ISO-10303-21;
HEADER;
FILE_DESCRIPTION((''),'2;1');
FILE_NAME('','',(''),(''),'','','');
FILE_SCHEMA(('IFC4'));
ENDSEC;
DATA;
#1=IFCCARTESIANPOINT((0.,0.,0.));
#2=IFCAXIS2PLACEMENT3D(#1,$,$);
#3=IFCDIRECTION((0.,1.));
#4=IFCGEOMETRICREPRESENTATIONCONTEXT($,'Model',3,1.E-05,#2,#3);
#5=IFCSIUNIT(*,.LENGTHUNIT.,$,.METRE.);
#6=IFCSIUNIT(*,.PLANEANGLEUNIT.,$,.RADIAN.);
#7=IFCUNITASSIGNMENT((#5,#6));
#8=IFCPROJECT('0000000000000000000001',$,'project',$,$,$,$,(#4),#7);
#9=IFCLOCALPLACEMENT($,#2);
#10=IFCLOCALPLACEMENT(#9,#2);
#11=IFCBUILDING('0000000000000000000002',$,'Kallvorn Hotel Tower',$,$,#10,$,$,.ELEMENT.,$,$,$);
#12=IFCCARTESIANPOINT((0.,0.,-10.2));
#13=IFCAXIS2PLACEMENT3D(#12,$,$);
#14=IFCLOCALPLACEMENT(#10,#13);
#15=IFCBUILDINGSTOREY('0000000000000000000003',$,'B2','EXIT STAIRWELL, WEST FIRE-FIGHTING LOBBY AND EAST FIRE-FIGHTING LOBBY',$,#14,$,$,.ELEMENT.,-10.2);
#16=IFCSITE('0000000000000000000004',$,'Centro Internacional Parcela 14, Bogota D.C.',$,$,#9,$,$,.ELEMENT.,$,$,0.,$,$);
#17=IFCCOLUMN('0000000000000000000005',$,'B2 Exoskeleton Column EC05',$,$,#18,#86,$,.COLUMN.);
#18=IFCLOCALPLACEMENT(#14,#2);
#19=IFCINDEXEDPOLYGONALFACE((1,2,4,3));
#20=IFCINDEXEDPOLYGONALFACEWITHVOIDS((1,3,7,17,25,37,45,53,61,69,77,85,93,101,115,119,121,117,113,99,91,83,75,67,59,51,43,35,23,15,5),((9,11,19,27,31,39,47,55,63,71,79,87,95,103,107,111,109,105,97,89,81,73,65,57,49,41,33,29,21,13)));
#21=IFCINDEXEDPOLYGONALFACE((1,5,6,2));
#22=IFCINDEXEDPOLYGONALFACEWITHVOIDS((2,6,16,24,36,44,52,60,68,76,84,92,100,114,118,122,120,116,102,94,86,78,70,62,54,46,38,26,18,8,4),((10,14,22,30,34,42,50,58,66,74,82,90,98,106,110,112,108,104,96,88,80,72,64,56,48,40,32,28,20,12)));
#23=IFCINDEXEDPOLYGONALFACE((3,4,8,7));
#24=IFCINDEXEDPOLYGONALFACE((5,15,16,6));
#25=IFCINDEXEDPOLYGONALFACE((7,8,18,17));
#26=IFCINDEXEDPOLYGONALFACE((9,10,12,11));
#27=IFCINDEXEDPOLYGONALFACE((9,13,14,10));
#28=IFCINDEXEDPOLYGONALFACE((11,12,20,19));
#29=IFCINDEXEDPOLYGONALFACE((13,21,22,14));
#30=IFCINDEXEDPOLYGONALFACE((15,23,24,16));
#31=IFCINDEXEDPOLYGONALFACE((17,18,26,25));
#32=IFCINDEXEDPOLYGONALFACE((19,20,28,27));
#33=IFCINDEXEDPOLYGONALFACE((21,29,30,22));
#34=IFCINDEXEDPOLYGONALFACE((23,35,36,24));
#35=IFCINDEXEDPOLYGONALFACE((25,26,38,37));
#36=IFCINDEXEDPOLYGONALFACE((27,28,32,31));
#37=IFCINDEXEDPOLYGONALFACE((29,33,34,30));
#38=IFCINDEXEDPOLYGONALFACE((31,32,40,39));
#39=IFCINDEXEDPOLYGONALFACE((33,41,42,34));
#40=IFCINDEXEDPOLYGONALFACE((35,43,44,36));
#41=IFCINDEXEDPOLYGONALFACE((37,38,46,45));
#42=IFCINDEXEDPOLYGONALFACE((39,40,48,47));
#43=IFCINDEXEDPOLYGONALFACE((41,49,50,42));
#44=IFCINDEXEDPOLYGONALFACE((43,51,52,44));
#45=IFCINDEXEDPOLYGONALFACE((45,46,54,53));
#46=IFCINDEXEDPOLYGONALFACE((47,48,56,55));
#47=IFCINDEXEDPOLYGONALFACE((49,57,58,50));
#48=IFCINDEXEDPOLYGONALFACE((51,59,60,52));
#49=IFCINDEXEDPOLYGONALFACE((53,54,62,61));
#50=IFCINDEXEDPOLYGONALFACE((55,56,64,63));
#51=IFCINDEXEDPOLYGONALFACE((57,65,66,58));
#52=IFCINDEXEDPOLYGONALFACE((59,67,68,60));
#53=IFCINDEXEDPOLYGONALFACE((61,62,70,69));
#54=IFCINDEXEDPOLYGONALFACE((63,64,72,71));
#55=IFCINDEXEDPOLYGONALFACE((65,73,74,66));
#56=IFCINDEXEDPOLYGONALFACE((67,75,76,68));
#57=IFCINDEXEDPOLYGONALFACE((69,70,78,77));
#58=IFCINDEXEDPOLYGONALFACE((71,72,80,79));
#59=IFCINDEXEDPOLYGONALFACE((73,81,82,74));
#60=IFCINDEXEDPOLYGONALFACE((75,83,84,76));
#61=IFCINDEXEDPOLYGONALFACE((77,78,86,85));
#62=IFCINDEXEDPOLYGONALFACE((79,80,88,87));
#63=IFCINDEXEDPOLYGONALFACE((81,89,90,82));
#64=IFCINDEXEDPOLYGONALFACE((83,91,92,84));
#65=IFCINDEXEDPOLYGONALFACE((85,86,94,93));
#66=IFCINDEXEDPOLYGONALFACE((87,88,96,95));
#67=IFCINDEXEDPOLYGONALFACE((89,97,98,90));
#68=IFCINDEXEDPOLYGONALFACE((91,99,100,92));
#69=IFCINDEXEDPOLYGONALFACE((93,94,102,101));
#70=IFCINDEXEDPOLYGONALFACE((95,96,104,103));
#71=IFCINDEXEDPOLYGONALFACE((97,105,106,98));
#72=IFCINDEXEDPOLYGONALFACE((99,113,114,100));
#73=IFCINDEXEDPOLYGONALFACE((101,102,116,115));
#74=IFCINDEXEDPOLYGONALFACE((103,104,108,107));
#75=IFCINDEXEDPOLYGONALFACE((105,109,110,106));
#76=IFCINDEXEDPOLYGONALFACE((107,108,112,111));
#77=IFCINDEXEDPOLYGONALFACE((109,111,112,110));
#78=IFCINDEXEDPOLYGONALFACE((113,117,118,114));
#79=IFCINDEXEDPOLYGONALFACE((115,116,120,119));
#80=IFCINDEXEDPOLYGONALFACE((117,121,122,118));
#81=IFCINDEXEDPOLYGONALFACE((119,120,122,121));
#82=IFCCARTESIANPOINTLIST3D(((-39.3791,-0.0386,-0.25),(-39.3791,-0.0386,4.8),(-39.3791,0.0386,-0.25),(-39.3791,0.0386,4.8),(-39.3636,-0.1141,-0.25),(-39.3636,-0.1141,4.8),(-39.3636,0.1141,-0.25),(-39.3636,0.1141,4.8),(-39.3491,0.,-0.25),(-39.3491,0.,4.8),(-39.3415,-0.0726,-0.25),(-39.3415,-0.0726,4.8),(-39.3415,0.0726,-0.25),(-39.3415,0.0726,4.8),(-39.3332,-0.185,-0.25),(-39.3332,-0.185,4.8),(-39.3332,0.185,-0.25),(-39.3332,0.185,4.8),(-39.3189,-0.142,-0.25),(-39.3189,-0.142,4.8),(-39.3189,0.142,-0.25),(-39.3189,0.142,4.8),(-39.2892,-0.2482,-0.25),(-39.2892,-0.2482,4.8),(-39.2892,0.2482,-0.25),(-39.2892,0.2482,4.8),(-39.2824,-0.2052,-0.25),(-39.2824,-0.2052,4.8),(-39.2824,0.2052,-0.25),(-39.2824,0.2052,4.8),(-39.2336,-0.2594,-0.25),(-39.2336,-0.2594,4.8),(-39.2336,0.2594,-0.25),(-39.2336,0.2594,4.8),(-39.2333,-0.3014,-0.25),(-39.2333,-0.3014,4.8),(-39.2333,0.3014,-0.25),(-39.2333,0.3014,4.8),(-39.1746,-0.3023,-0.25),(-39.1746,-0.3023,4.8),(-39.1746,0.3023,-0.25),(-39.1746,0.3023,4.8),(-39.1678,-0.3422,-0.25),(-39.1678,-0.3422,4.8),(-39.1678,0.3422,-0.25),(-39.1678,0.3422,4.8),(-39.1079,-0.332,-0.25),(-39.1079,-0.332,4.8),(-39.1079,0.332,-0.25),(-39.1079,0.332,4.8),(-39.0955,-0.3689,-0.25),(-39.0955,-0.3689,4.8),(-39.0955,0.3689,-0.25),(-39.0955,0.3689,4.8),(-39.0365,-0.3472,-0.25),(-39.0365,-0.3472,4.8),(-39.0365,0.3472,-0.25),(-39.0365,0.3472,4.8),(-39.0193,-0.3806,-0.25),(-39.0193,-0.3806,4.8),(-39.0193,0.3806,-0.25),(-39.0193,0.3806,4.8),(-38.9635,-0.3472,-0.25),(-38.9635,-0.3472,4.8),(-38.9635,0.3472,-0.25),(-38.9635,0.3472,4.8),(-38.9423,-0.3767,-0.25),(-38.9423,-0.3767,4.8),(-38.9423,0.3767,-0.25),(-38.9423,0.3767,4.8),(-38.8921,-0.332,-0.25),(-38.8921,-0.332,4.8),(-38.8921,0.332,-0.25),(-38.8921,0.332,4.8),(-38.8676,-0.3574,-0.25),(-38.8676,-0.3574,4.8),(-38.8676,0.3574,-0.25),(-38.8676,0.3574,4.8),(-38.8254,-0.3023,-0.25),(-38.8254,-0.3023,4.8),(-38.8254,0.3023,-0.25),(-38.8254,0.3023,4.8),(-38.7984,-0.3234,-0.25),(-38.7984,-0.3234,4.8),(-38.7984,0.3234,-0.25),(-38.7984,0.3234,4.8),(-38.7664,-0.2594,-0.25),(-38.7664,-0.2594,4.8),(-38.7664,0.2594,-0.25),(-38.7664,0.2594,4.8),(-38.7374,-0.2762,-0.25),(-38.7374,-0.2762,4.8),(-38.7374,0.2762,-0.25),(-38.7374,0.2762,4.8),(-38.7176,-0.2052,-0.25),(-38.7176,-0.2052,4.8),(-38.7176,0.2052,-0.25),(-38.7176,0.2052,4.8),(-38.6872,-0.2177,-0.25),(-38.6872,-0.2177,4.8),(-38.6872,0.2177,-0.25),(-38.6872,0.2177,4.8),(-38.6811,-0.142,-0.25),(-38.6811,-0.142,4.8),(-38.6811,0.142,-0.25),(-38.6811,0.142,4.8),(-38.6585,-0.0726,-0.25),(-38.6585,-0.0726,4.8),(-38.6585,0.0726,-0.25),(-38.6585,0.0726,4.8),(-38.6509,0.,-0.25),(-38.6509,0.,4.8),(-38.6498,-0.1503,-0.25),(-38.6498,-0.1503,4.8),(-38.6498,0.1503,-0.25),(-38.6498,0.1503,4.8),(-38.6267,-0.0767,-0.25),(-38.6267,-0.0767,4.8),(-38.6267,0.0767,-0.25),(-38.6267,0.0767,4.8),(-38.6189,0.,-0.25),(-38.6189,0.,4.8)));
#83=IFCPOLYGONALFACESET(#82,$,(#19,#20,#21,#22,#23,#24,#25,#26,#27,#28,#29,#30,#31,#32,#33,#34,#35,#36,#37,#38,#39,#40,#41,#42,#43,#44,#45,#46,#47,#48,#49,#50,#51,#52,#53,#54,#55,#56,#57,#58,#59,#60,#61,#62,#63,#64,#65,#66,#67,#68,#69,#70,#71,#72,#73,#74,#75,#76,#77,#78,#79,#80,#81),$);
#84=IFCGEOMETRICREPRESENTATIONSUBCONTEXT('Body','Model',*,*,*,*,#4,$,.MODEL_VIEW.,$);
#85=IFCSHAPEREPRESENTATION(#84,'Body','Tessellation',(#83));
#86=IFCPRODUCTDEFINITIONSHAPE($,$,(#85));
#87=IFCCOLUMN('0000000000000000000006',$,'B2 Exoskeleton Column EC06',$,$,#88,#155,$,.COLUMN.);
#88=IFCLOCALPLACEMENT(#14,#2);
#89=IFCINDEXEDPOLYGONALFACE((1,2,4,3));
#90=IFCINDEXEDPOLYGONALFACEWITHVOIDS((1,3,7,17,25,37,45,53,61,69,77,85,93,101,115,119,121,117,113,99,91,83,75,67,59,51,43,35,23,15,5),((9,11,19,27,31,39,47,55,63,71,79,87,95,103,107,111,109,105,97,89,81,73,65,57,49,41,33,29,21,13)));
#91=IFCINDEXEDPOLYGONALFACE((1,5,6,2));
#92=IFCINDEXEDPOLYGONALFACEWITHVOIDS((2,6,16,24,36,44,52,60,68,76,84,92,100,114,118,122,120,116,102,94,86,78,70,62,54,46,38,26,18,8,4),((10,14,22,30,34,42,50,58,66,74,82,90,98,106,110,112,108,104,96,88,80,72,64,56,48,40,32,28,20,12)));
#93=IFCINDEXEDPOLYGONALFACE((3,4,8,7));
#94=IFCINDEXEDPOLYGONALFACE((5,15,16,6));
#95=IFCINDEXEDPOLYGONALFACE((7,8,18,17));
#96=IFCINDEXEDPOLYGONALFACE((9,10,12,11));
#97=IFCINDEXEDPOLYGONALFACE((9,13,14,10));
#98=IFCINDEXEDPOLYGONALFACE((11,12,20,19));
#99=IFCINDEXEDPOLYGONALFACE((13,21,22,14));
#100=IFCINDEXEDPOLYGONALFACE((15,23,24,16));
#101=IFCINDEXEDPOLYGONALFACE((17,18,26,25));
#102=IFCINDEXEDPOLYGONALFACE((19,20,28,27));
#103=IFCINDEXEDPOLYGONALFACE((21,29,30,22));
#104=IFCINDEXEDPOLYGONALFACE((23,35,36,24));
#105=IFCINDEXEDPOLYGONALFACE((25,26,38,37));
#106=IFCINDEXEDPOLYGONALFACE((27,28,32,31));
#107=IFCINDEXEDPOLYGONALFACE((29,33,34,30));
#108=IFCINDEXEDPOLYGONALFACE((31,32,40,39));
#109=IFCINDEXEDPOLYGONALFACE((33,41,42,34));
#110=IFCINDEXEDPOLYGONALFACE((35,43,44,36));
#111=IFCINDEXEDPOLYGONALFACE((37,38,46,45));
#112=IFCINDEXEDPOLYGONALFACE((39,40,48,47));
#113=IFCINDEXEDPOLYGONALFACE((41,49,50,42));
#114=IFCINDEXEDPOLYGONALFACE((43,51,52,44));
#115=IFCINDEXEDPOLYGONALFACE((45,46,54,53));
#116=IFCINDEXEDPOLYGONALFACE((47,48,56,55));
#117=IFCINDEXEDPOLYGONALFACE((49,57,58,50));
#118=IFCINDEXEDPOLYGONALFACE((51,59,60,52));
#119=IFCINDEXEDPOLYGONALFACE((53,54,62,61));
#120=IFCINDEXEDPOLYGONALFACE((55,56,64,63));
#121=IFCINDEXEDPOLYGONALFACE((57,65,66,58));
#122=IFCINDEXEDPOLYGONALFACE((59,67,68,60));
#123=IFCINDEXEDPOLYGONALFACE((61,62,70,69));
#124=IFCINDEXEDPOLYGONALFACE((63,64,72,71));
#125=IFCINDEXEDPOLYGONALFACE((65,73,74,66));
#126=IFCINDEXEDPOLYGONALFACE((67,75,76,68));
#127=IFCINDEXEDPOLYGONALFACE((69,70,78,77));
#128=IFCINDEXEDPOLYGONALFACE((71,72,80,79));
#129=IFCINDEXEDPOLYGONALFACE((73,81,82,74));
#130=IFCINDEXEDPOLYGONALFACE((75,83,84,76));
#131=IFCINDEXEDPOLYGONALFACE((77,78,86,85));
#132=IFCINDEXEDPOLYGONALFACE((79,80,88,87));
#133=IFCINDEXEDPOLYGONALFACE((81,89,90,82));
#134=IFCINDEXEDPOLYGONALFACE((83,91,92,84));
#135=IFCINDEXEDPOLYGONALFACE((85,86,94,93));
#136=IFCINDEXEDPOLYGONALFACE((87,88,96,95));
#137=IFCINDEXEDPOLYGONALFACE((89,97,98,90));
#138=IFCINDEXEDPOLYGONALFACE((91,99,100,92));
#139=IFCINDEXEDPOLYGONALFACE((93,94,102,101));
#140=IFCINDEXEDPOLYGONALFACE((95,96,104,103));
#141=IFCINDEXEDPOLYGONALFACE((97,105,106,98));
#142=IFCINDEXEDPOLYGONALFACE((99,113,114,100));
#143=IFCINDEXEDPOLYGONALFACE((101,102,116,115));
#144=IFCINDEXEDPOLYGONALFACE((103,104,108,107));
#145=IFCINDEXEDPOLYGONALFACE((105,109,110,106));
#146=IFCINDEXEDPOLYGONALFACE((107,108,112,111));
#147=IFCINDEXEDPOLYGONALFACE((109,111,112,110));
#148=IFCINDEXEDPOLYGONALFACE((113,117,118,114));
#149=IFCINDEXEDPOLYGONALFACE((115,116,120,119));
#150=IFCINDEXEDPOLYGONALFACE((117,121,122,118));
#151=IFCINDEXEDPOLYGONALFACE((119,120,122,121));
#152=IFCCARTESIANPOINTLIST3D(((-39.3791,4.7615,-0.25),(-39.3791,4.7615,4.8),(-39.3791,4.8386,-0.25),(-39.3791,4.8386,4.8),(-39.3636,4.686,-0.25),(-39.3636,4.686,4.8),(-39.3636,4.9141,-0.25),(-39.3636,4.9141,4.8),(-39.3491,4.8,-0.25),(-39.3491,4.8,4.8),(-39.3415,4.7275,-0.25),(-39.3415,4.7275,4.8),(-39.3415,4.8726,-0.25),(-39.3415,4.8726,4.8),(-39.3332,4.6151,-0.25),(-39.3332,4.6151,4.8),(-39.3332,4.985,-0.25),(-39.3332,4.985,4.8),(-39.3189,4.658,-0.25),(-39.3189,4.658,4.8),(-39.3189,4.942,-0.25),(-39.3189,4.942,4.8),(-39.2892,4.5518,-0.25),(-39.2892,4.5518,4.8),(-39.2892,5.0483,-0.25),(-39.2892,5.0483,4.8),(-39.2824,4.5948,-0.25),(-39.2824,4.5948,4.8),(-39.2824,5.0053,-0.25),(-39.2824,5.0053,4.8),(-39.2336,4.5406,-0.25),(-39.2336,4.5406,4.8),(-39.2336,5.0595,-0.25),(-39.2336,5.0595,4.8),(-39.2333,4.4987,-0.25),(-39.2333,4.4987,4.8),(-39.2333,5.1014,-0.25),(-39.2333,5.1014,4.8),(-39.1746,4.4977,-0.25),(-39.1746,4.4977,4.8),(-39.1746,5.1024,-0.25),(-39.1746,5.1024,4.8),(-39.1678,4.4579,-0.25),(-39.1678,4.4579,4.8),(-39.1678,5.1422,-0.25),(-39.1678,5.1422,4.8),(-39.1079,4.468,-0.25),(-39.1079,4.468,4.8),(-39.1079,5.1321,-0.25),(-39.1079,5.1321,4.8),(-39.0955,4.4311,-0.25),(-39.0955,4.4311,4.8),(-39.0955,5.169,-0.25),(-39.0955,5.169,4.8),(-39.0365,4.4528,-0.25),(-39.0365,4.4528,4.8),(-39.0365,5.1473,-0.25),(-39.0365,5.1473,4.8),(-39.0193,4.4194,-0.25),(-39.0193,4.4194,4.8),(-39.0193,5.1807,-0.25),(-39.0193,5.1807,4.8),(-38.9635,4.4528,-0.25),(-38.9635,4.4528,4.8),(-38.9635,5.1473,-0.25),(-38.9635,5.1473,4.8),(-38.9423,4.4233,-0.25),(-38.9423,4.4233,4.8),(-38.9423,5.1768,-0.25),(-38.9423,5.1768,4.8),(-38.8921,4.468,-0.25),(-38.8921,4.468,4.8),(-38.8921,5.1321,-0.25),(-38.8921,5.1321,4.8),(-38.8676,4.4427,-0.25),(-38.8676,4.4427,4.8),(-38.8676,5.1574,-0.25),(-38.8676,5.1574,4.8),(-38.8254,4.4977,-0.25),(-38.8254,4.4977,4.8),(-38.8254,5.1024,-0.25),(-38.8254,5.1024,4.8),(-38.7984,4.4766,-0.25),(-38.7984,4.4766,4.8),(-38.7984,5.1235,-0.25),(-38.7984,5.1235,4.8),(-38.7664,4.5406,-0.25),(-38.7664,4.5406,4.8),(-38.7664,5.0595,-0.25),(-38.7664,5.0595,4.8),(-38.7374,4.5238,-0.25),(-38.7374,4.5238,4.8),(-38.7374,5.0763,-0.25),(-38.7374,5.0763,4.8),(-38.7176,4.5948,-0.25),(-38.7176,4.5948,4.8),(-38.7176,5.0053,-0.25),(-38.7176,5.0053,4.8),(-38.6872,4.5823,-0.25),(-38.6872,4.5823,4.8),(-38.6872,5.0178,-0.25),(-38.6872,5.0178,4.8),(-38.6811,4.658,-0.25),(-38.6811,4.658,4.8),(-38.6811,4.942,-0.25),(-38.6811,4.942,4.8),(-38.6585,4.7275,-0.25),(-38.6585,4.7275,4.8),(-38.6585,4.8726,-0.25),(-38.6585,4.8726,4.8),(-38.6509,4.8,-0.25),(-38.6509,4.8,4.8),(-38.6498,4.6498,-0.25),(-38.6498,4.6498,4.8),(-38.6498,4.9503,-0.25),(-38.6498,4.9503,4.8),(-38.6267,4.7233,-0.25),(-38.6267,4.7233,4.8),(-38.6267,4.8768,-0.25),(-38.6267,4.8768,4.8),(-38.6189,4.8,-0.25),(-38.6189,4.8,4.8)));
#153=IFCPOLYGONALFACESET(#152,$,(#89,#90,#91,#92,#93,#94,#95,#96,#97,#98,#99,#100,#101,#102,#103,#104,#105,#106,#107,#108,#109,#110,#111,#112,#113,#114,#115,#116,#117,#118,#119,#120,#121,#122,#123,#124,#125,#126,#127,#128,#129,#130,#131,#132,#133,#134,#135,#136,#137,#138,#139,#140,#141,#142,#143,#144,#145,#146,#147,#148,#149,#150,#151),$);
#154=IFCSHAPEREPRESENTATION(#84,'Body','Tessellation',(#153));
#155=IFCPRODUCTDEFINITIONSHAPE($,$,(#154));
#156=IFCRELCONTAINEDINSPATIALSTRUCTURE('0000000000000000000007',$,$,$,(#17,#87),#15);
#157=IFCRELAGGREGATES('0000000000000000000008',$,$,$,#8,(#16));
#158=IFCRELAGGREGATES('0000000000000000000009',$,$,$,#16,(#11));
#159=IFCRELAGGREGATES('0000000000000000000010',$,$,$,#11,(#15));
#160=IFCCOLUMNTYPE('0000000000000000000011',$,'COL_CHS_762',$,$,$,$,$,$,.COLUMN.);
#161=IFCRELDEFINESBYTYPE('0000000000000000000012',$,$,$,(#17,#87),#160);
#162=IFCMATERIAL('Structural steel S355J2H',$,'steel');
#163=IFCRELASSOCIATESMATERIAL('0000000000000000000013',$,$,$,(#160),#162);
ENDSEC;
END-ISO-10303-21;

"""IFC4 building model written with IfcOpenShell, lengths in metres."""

from ifc_helpers import new_model, si_unit, direction, frame, origin, origin_2d, place, context, subcontext, project, spatial, hollow_circle, extrude, material, material_profile, profile_set, type_object, element, save


model = new_model("IFC4")

# Units and contexts
model_context = context("Model", 3, precision=1e-05, world=origin(), true_north=direction((0.0, 1.0)))
body_context = subcontext(model_context, "Body", "Model", "MODEL_VIEW")
ifc_project = project(units=[si_unit("LENGTHUNIT", "METRE"), si_unit("PLANEANGLEUNIT", "RADIAN")], contexts=[model_context])

# Site, building, storey
site_placement = place(None, origin())
site = spatial("IfcSite", under=ifc_project, at=site_placement, Name="Centro Internacional Parcela 14, Bogota D.C.", CompositionType="ELEMENT", RefElevation=0.0)
building_placement = place(site_placement, origin())
building = spatial("IfcBuilding", under=site, at=building_placement, Name="Kallvorn Hotel Tower", CompositionType="ELEMENT")
storey_placement = place(building_placement, frame((0.0, 0.0, -10.2)))
storey = spatial("IfcBuildingStorey", under=building, at=storey_placement, Name="B2", Description="EXIT STAIRWELL, WEST FIRE-FIGHTING LOBBY AND EAST FIRE-FIGHTING LOBBY", CompositionType="ELEMENT", Elevation=-10.2)

# Columns
ifc_material_1 = material(Name="Structural steel S355J2H", Category="steel")
ifc_material_profile_1 = material_profile(ifc_material_1, hollow_circle(Radius=0.3811, WallThickness=0.032, at=origin_2d()), Name="CHS 762x32")
ifc_profile_set_1 = profile_set([ifc_material_profile_1], Name="Structural steel S355J2H")
column_type = type_object("IfcColumnType", Name="COL_CHS_762", PredefinedType="COLUMN", material=ifc_profile_set_1)
for number, where, z_axis, x_axis, name in (
    (1, (-39.0, 0.0, -0.25), (0.0, 0.0, 1.0), (1.0, 0.0, 0.0), "B2 Exoskeleton Column EC05"),
    (2, (-39.0, 4.8, -0.25), (0.0, 0.0, 1.0), (1.0, 0.0, 0.0), "B2 Exoskeleton Column EC06"),
):
    element("IfcColumn", number, at=place(storey_placement, frame(where, z_axis=z_axis, x_axis=x_axis)), inside=storey, type_object=column_type, Name=name, PredefinedType="COLUMN", context=body_context, shape_type="SweptSolid", body=[
        extrude(hollow_circle(Radius=0.3811, WallThickness=0.032, at=origin_2d()), origin(), (0.0, 0.0, 1.0), 5.05),
    ])

save(model, "model.ifc")
